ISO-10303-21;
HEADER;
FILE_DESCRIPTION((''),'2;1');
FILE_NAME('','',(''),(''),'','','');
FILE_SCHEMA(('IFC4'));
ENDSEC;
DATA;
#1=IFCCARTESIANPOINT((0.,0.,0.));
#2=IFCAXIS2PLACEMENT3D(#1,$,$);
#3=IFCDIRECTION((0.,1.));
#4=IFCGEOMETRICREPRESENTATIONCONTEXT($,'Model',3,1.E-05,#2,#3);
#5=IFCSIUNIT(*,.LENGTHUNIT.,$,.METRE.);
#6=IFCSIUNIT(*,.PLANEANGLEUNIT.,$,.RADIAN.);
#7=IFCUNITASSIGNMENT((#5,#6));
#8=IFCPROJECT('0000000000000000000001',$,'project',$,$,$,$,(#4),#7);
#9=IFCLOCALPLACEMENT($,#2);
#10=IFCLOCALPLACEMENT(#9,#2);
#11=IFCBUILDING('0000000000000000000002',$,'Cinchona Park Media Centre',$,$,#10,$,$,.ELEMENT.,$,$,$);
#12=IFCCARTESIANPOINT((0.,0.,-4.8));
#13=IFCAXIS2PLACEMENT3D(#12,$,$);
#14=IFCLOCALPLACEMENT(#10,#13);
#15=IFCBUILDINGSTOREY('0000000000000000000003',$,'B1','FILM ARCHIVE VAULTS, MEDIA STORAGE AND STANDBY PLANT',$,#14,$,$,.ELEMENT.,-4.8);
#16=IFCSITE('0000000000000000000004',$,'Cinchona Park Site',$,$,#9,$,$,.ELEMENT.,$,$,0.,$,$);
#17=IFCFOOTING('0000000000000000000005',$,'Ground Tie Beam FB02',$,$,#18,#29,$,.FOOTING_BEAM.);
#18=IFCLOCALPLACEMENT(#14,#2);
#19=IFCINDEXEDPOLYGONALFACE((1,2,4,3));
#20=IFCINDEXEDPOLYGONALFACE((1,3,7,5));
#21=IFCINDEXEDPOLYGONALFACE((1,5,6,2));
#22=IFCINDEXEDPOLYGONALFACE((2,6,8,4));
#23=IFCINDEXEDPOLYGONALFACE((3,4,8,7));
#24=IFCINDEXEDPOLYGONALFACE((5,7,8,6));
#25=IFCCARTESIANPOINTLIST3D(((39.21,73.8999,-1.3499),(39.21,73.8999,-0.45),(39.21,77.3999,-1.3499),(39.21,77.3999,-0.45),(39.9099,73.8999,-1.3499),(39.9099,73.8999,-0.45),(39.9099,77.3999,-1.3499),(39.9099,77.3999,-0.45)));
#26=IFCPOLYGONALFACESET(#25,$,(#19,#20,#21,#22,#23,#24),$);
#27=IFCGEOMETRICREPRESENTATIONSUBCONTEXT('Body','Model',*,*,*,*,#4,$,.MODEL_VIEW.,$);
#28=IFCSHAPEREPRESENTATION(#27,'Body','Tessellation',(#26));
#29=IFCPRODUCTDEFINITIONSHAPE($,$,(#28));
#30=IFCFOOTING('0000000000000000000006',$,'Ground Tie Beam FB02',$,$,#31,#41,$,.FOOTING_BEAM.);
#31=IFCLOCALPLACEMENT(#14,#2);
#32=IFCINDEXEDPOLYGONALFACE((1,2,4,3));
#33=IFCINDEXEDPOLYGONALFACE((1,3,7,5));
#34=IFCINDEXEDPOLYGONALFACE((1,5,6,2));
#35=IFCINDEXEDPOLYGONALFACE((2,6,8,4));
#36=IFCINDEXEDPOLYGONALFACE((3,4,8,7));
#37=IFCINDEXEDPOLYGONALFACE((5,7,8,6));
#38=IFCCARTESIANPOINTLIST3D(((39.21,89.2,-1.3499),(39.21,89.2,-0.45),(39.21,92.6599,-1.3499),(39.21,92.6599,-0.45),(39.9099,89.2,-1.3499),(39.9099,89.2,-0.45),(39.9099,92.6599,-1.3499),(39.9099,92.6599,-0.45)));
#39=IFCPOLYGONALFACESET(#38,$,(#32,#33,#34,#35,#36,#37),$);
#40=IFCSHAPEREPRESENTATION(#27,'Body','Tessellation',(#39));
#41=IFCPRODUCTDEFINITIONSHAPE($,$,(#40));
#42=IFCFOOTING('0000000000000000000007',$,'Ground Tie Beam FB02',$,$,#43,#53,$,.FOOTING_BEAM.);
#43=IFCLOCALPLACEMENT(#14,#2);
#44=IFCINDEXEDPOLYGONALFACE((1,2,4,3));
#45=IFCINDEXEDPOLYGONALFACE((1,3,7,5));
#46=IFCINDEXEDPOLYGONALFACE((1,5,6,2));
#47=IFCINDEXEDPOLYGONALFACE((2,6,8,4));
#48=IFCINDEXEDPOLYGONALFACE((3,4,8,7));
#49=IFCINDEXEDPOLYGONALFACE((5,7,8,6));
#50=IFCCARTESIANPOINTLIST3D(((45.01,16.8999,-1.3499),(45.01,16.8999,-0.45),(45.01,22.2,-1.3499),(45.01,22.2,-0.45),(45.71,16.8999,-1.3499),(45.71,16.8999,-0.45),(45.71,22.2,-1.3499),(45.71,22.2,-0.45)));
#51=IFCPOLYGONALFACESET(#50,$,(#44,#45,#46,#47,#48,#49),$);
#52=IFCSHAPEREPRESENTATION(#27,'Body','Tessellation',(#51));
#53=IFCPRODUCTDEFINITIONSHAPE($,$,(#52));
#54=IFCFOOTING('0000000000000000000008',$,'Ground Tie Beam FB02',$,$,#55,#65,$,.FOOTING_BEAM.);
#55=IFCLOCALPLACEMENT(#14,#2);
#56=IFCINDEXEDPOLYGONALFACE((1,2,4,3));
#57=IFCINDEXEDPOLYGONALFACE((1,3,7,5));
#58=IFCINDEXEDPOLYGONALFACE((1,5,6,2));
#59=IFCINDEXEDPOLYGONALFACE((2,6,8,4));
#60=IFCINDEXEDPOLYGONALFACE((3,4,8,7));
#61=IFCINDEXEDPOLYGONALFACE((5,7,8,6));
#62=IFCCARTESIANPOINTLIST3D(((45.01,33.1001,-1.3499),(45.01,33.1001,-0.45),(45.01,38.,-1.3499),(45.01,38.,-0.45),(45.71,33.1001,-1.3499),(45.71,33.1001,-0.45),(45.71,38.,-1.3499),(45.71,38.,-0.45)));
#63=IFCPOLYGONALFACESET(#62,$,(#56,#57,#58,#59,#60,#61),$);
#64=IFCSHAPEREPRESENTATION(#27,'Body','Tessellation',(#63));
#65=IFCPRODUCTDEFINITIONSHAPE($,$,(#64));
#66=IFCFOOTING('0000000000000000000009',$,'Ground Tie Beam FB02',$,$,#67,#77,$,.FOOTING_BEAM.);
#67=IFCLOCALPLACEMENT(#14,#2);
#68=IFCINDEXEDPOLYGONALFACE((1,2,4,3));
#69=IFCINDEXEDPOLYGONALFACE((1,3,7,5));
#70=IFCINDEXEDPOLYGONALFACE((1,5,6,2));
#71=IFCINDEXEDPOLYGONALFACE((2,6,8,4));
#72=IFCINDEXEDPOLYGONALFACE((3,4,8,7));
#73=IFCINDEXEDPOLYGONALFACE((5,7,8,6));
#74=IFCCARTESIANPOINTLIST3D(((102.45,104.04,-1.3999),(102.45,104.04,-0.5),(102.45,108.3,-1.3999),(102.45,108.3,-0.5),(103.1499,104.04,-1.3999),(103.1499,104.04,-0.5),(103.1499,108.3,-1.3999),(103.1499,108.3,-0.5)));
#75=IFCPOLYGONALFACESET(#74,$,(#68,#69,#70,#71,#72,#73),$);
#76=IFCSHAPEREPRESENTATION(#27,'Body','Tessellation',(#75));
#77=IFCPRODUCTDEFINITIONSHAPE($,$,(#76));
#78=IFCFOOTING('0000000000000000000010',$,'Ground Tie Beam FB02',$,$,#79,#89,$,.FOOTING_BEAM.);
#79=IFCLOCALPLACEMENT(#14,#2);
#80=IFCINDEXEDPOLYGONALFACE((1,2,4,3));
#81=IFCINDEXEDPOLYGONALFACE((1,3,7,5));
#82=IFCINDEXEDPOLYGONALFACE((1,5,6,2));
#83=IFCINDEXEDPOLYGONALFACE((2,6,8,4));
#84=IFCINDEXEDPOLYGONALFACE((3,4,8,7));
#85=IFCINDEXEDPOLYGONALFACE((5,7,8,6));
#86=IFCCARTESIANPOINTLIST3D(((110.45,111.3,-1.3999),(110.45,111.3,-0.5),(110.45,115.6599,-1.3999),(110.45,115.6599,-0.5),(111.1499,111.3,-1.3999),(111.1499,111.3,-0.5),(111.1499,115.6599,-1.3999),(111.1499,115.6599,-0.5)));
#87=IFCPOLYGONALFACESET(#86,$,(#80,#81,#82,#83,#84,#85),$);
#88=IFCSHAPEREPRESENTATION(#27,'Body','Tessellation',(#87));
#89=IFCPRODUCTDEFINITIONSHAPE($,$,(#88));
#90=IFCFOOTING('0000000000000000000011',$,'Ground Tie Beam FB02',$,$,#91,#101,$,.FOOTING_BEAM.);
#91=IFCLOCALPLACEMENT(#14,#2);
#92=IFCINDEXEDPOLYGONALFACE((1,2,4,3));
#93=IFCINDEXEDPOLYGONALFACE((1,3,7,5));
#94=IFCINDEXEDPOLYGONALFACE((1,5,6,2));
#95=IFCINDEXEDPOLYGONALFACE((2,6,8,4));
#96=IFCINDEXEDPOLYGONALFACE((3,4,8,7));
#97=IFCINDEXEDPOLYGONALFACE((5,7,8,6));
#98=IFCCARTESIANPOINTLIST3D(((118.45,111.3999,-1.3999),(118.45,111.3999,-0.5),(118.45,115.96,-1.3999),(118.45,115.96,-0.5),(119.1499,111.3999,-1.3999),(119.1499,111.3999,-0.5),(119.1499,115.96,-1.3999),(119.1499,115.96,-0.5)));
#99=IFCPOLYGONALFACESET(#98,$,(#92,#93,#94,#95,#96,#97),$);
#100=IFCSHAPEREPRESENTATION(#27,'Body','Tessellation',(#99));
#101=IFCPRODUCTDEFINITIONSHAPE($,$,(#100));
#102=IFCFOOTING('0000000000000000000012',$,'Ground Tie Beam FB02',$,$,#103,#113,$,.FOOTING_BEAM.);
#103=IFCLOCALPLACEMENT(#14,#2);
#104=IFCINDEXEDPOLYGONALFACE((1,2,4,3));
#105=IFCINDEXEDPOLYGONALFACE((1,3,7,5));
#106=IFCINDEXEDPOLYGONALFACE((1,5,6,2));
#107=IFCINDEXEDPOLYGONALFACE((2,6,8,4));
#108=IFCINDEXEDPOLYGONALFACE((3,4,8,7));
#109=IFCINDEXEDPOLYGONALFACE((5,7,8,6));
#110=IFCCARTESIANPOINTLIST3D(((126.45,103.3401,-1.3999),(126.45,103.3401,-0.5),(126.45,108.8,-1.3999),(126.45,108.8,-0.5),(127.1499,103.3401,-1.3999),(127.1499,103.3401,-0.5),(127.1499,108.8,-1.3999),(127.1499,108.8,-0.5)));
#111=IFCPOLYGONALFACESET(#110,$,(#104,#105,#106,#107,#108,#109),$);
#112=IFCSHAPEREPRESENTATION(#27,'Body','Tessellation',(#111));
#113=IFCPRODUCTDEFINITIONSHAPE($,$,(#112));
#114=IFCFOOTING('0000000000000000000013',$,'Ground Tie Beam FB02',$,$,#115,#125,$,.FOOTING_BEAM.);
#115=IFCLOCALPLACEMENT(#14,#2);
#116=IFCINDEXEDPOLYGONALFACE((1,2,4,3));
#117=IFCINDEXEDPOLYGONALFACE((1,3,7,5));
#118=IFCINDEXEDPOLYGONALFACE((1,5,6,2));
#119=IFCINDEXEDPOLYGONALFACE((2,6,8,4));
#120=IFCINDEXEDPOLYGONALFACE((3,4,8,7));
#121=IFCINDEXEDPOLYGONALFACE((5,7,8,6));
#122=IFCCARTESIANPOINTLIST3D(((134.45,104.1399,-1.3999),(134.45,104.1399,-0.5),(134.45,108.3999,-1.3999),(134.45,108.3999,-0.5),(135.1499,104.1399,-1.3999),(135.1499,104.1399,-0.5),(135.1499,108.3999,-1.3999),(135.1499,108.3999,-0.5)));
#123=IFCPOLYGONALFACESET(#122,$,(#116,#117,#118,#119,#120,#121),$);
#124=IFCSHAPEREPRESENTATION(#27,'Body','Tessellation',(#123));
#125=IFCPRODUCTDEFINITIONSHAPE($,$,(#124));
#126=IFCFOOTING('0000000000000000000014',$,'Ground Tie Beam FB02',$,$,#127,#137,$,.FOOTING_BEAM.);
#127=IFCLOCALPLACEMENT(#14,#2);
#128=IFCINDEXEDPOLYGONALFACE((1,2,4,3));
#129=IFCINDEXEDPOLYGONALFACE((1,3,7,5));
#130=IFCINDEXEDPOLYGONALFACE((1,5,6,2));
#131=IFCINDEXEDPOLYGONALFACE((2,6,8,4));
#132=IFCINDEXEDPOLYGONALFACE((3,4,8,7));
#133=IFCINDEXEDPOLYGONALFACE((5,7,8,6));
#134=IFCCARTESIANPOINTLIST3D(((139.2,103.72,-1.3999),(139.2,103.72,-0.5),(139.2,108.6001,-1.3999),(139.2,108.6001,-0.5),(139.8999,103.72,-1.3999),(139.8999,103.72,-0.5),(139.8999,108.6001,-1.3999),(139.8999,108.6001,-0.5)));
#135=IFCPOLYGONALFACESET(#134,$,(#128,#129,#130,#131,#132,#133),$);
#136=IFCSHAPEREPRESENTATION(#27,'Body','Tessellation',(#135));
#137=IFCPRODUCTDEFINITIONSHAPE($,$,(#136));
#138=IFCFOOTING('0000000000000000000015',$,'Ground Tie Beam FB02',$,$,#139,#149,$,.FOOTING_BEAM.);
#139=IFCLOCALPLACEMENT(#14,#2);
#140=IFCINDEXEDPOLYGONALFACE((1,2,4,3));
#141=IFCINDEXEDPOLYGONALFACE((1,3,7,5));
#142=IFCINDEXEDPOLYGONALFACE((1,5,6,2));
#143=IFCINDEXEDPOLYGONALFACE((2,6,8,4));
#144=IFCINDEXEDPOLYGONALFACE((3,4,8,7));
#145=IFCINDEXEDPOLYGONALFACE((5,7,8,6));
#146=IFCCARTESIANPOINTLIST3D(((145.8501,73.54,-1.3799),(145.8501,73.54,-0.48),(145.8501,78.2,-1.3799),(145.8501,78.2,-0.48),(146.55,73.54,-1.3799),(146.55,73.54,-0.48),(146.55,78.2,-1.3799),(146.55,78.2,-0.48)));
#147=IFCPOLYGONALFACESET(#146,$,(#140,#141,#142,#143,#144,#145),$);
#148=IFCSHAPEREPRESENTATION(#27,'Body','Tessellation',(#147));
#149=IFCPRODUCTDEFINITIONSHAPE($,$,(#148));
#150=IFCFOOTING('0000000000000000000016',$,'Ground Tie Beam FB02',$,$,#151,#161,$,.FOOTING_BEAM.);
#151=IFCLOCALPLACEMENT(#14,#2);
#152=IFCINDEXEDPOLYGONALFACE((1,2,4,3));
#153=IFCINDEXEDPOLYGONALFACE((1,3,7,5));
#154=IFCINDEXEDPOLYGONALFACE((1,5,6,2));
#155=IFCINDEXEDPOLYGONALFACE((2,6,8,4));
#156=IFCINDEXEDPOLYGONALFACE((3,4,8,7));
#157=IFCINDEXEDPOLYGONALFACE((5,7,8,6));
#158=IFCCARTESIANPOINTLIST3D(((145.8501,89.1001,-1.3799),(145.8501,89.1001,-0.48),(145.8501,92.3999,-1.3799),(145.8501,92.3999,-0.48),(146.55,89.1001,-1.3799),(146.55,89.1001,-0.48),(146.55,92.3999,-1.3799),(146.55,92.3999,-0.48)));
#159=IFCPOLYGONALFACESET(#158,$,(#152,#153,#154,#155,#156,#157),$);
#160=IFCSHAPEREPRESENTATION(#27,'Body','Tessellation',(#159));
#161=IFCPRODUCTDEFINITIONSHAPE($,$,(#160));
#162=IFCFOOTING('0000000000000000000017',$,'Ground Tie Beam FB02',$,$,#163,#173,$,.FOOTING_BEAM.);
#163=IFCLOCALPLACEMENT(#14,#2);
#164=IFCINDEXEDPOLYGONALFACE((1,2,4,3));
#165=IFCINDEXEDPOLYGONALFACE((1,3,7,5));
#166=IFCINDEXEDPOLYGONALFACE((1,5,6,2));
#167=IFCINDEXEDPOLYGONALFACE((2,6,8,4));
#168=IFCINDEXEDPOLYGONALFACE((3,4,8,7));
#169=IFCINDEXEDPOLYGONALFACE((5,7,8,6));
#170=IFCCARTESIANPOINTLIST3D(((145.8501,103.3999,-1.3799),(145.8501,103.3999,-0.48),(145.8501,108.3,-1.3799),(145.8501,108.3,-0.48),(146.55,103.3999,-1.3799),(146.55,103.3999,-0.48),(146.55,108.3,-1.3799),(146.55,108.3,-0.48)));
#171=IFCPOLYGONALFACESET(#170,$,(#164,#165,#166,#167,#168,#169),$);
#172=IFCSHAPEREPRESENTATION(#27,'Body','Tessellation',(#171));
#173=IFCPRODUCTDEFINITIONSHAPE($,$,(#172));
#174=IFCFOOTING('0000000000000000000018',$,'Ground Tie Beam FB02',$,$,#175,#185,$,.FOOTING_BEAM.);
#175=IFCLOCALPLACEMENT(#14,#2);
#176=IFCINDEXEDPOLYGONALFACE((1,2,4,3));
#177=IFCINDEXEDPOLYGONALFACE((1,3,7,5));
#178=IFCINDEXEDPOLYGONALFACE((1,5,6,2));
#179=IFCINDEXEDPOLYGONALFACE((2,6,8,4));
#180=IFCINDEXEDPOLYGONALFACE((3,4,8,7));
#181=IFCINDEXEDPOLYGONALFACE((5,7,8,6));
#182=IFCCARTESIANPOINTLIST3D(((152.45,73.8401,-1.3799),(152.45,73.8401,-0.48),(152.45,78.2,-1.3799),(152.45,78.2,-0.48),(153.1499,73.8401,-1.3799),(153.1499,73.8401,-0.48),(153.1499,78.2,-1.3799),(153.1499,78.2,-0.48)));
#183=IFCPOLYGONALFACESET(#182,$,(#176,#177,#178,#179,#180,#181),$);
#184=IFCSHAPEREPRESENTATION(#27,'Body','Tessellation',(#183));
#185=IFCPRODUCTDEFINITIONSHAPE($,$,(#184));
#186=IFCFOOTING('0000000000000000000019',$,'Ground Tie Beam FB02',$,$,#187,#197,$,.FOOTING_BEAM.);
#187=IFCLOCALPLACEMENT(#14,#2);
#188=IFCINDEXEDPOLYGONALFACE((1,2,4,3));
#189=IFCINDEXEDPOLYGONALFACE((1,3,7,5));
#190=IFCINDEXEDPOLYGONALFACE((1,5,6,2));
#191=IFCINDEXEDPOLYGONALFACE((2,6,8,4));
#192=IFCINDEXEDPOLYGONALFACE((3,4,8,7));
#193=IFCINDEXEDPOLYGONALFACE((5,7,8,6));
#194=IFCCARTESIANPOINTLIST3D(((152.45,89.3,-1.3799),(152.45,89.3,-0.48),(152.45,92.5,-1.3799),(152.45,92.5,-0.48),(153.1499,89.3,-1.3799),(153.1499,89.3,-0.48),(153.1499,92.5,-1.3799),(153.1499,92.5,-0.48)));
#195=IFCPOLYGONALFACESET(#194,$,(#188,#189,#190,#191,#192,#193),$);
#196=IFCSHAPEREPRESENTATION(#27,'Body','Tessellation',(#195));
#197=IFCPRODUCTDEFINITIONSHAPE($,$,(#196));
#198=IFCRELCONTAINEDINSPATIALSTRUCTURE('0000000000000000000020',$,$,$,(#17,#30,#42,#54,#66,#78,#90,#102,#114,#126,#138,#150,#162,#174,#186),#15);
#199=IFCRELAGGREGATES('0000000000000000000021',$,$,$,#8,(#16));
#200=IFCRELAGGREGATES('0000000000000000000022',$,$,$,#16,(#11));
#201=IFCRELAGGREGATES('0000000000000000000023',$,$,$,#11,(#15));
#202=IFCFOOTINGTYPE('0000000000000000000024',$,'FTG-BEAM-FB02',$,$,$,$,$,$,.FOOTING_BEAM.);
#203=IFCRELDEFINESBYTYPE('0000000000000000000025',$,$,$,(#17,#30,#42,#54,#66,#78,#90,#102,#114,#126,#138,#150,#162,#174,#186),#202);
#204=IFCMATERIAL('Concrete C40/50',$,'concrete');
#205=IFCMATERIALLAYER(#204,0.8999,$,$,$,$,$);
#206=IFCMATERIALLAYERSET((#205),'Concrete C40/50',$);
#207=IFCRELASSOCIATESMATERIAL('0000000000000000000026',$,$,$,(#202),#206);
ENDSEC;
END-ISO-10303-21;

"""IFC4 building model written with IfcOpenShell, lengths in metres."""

from ifc_helpers import new_model, si_unit, direction, frame, origin, place, context, subcontext, project, spatial, polyline, outline, extrude, material, layer, layer_set, type_object, element, save


model = new_model("IFC4")

# Units and contexts
model_context = context("Model", 3, precision=1e-05, world=origin(), true_north=direction((0.0, 1.0)))
body_context = subcontext(model_context, "Body", "Model", "MODEL_VIEW")
ifc_project = project(units=[si_unit("LENGTHUNIT", "METRE"), si_unit("PLANEANGLEUNIT", "RADIAN")], contexts=[model_context])

# Site, building, storey
site_placement = place(None, origin())
site = spatial("IfcSite", under=ifc_project, at=site_placement, Name="Cinchona Park Site", CompositionType="ELEMENT", RefElevation=0.0)
building_placement = place(site_placement, origin())
building = spatial("IfcBuilding", under=site, at=building_placement, Name="Cinchona Park Media Centre", CompositionType="ELEMENT")
storey_placement = place(building_placement, frame((0.0, 0.0, -4.8)))
storey = spatial("IfcBuildingStorey", under=building, at=storey_placement, Name="B1", Description="FILM ARCHIVE VAULTS, MEDIA STORAGE AND STANDBY PLANT", CompositionType="ELEMENT", Elevation=-4.8)

# Footings
ifc_material = material(Name="Concrete C40/50", Category="concrete")
ifc_layer = layer(ifc_material, 0.8999)
ifc_layer_set = layer_set([ifc_layer], Name="Concrete C40/50")
footing_type = type_object("IfcFootingType", Name="FTG-BEAM-FB02", PredefinedType="FOOTING_BEAM", material=ifc_layer_set)
footing_1_placement = place(storey_placement, frame((0.0, 0.0, -1.3499)))
element("IfcFooting", 1, at=footing_1_placement, inside=storey, type_object=footing_type, Name="Ground Tie Beam FB02", PredefinedType="FOOTING_BEAM", context=body_context, shape_type="SweptSolid", body=[
    extrude(outline(polyline([(39.21, 73.8999), (39.9099, 73.8999), (39.9099, 77.3999), (39.21, 77.3999), (39.21, 73.8999)])), origin(), (0.0, 0.0, 1.0), 0.8999),
])
footing_2_placement = place(storey_placement, frame((0.0, 0.0, -1.3499)))
element("IfcFooting", 2, at=footing_2_placement, inside=storey, type_object=footing_type, Name="Ground Tie Beam FB02", PredefinedType="FOOTING_BEAM", context=body_context, shape_type="SweptSolid", body=[
    extrude(outline(polyline([(39.21, 89.2), (39.9099, 89.2), (39.9099, 92.6599), (39.21, 92.6599), (39.21, 89.2)])), origin(), (0.0, 0.0, 1.0), 0.8999),
])
footing_3_placement = place(storey_placement, frame((0.0, 0.0, -1.3499)))
element("IfcFooting", 3, at=footing_3_placement, inside=storey, type_object=footing_type, Name="Ground Tie Beam FB02", PredefinedType="FOOTING_BEAM", context=body_context, shape_type="SweptSolid", body=[
    extrude(outline(polyline([(45.01, 16.8999), (45.71, 16.8999), (45.71, 22.2), (45.01, 22.2), (45.01, 16.8999)])), origin(), (0.0, 0.0, 1.0), 0.8999),
])
footing_4_placement = place(storey_placement, frame((0.0, 0.0, -1.3499)))
element("IfcFooting", 4, at=footing_4_placement, inside=storey, type_object=footing_type, Name="Ground Tie Beam FB02", PredefinedType="FOOTING_BEAM", context=body_context, shape_type="SweptSolid", body=[
    extrude(outline(polyline([(45.01, 33.1001), (45.71, 33.1001), (45.71, 38.0), (45.01, 38.0), (45.01, 33.1001)])), origin(), (0.0, 0.0, 1.0), 0.8999),
])
footing_5_placement = place(storey_placement, frame((0.0, 0.0, -1.3999)))
element("IfcFooting", 5, at=footing_5_placement, inside=storey, type_object=footing_type, Name="Ground Tie Beam FB02", PredefinedType="FOOTING_BEAM", context=body_context, shape_type="SweptSolid", body=[
    extrude(outline(polyline([(102.45, 104.04), (103.1499, 104.04), (103.1499, 108.3), (102.45, 108.3), (102.45, 104.04)])), origin(), (0.0, 0.0, 1.0), 0.8999),
])
footing_6_placement = place(storey_placement, frame((0.0, 0.0, -1.3999)))
element("IfcFooting", 6, at=footing_6_placement, inside=storey, type_object=footing_type, Name="Ground Tie Beam FB02", PredefinedType="FOOTING_BEAM", context=body_context, shape_type="SweptSolid", body=[
    extrude(outline(polyline([(110.45, 111.3), (111.1499, 111.3), (111.1499, 115.6599), (110.45, 115.6599), (110.45, 111.3)])), origin(), (0.0, 0.0, 1.0), 0.8999),
])
footing_7_placement = place(storey_placement, frame((0.0, 0.0, -1.3999)))
element("IfcFooting", 7, at=footing_7_placement, inside=storey, type_object=footing_type, Name="Ground Tie Beam FB02", PredefinedType="FOOTING_BEAM", context=body_context, shape_type="SweptSolid", body=[
    extrude(outline(polyline([(118.45, 111.3999), (119.1499, 111.3999), (119.1499, 115.96), (118.45, 115.96), (118.45, 111.3999)])), origin(), (0.0, 0.0, 1.0), 0.8999),
])
footing_8_placement = place(storey_placement, frame((0.0, 0.0, -1.3999)))
element("IfcFooting", 8, at=footing_8_placement, inside=storey, type_object=footing_type, Name="Ground Tie Beam FB02", PredefinedType="FOOTING_BEAM", context=body_context, shape_type="SweptSolid", body=[
    extrude(outline(polyline([(126.45, 103.3401), (127.1499, 103.3401), (127.1499, 108.8), (126.45, 108.8), (126.45, 103.3401)])), origin(), (0.0, 0.0, 1.0), 0.8999),
])
footing_9_placement = place(storey_placement, frame((0.0, 0.0, -1.3999)))
element("IfcFooting", 9, at=footing_9_placement, inside=storey, type_object=footing_type, Name="Ground Tie Beam FB02", PredefinedType="FOOTING_BEAM", context=body_context, shape_type="SweptSolid", body=[
    extrude(outline(polyline([(134.45, 104.1399), (135.1499, 104.1399), (135.1499, 108.3999), (134.45, 108.3999), (134.45, 104.1399)])), origin(), (0.0, 0.0, 1.0), 0.8999),
])
footing_10_placement = place(storey_placement, frame((0.0, 0.0, -1.3999)))
element("IfcFooting", 10, at=footing_10_placement, inside=storey, type_object=footing_type, Name="Ground Tie Beam FB02", PredefinedType="FOOTING_BEAM", context=body_context, shape_type="SweptSolid", body=[
    extrude(outline(polyline([(139.2, 103.72), (139.8999, 103.72), (139.8999, 108.6001), (139.2, 108.6001), (139.2, 103.72)])), origin(), (0.0, 0.0, 1.0), 0.8999),
])
footing_11_placement = place(storey_placement, frame((0.0, 0.0, -1.3799)))
element("IfcFooting", 11, at=footing_11_placement, inside=storey, type_object=footing_type, Name="Ground Tie Beam FB02", PredefinedType="FOOTING_BEAM", context=body_context, shape_type="SweptSolid", body=[
    extrude(outline(polyline([(145.8501, 73.54), (146.55, 73.54), (146.55, 78.2), (145.8501, 78.2), (145.8501, 73.54)])), origin(), (0.0, 0.0, 1.0), 0.8999),
])
footing_12_placement = place(storey_placement, frame((0.0, 0.0, -1.3799)))
element("IfcFooting", 12, at=footing_12_placement, inside=storey, type_object=footing_type, Name="Ground Tie Beam FB02", PredefinedType="FOOTING_BEAM", context=body_context, shape_type="SweptSolid", body=[
    extrude(outline(polyline([(145.8501, 89.1001), (146.55, 89.1001), (146.55, 92.3999), (145.8501, 92.3999), (145.8501, 89.1001)])), origin(), (0.0, 0.0, 1.0), 0.8999),
])
footing_13_placement = place(storey_placement, frame((0.0, 0.0, -1.3799)))
element("IfcFooting", 13, at=footing_13_placement, inside=storey, type_object=footing_type, Name="Ground Tie Beam FB02", PredefinedType="FOOTING_BEAM", context=body_context, shape_type="SweptSolid", body=[
    extrude(outline(polyline([(145.8501, 103.3999), (146.55, 103.3999), (146.55, 108.3), (145.8501, 108.3), (145.8501, 103.3999)])), origin(), (0.0, 0.0, 1.0), 0.8999),
])
footing_14_placement = place(storey_placement, frame((0.0, 0.0, -1.3799)))
element("IfcFooting", 14, at=footing_14_placement, inside=storey, type_object=footing_type, Name="Ground Tie Beam FB02", PredefinedType="FOOTING_BEAM", context=body_context, shape_type="SweptSolid", body=[
    extrude(outline(polyline([(152.45, 73.8401), (153.1499, 73.8401), (153.1499, 78.2), (152.45, 78.2), (152.45, 73.8401)])), origin(), (0.0, 0.0, 1.0), 0.8999),
])
footing_15_placement = place(storey_placement, frame((0.0, 0.0, -1.3799)))
element("IfcFooting", 15, at=footing_15_placement, inside=storey, type_object=footing_type, Name="Ground Tie Beam FB02", PredefinedType="FOOTING_BEAM", context=body_context, shape_type="SweptSolid", body=[
    extrude(outline(polyline([(152.45, 89.3), (153.1499, 89.3), (153.1499, 92.5), (152.45, 92.5), (152.45, 89.3)])), origin(), (0.0, 0.0, 1.0), 0.8999),
])

save(model, "model.ifc")
